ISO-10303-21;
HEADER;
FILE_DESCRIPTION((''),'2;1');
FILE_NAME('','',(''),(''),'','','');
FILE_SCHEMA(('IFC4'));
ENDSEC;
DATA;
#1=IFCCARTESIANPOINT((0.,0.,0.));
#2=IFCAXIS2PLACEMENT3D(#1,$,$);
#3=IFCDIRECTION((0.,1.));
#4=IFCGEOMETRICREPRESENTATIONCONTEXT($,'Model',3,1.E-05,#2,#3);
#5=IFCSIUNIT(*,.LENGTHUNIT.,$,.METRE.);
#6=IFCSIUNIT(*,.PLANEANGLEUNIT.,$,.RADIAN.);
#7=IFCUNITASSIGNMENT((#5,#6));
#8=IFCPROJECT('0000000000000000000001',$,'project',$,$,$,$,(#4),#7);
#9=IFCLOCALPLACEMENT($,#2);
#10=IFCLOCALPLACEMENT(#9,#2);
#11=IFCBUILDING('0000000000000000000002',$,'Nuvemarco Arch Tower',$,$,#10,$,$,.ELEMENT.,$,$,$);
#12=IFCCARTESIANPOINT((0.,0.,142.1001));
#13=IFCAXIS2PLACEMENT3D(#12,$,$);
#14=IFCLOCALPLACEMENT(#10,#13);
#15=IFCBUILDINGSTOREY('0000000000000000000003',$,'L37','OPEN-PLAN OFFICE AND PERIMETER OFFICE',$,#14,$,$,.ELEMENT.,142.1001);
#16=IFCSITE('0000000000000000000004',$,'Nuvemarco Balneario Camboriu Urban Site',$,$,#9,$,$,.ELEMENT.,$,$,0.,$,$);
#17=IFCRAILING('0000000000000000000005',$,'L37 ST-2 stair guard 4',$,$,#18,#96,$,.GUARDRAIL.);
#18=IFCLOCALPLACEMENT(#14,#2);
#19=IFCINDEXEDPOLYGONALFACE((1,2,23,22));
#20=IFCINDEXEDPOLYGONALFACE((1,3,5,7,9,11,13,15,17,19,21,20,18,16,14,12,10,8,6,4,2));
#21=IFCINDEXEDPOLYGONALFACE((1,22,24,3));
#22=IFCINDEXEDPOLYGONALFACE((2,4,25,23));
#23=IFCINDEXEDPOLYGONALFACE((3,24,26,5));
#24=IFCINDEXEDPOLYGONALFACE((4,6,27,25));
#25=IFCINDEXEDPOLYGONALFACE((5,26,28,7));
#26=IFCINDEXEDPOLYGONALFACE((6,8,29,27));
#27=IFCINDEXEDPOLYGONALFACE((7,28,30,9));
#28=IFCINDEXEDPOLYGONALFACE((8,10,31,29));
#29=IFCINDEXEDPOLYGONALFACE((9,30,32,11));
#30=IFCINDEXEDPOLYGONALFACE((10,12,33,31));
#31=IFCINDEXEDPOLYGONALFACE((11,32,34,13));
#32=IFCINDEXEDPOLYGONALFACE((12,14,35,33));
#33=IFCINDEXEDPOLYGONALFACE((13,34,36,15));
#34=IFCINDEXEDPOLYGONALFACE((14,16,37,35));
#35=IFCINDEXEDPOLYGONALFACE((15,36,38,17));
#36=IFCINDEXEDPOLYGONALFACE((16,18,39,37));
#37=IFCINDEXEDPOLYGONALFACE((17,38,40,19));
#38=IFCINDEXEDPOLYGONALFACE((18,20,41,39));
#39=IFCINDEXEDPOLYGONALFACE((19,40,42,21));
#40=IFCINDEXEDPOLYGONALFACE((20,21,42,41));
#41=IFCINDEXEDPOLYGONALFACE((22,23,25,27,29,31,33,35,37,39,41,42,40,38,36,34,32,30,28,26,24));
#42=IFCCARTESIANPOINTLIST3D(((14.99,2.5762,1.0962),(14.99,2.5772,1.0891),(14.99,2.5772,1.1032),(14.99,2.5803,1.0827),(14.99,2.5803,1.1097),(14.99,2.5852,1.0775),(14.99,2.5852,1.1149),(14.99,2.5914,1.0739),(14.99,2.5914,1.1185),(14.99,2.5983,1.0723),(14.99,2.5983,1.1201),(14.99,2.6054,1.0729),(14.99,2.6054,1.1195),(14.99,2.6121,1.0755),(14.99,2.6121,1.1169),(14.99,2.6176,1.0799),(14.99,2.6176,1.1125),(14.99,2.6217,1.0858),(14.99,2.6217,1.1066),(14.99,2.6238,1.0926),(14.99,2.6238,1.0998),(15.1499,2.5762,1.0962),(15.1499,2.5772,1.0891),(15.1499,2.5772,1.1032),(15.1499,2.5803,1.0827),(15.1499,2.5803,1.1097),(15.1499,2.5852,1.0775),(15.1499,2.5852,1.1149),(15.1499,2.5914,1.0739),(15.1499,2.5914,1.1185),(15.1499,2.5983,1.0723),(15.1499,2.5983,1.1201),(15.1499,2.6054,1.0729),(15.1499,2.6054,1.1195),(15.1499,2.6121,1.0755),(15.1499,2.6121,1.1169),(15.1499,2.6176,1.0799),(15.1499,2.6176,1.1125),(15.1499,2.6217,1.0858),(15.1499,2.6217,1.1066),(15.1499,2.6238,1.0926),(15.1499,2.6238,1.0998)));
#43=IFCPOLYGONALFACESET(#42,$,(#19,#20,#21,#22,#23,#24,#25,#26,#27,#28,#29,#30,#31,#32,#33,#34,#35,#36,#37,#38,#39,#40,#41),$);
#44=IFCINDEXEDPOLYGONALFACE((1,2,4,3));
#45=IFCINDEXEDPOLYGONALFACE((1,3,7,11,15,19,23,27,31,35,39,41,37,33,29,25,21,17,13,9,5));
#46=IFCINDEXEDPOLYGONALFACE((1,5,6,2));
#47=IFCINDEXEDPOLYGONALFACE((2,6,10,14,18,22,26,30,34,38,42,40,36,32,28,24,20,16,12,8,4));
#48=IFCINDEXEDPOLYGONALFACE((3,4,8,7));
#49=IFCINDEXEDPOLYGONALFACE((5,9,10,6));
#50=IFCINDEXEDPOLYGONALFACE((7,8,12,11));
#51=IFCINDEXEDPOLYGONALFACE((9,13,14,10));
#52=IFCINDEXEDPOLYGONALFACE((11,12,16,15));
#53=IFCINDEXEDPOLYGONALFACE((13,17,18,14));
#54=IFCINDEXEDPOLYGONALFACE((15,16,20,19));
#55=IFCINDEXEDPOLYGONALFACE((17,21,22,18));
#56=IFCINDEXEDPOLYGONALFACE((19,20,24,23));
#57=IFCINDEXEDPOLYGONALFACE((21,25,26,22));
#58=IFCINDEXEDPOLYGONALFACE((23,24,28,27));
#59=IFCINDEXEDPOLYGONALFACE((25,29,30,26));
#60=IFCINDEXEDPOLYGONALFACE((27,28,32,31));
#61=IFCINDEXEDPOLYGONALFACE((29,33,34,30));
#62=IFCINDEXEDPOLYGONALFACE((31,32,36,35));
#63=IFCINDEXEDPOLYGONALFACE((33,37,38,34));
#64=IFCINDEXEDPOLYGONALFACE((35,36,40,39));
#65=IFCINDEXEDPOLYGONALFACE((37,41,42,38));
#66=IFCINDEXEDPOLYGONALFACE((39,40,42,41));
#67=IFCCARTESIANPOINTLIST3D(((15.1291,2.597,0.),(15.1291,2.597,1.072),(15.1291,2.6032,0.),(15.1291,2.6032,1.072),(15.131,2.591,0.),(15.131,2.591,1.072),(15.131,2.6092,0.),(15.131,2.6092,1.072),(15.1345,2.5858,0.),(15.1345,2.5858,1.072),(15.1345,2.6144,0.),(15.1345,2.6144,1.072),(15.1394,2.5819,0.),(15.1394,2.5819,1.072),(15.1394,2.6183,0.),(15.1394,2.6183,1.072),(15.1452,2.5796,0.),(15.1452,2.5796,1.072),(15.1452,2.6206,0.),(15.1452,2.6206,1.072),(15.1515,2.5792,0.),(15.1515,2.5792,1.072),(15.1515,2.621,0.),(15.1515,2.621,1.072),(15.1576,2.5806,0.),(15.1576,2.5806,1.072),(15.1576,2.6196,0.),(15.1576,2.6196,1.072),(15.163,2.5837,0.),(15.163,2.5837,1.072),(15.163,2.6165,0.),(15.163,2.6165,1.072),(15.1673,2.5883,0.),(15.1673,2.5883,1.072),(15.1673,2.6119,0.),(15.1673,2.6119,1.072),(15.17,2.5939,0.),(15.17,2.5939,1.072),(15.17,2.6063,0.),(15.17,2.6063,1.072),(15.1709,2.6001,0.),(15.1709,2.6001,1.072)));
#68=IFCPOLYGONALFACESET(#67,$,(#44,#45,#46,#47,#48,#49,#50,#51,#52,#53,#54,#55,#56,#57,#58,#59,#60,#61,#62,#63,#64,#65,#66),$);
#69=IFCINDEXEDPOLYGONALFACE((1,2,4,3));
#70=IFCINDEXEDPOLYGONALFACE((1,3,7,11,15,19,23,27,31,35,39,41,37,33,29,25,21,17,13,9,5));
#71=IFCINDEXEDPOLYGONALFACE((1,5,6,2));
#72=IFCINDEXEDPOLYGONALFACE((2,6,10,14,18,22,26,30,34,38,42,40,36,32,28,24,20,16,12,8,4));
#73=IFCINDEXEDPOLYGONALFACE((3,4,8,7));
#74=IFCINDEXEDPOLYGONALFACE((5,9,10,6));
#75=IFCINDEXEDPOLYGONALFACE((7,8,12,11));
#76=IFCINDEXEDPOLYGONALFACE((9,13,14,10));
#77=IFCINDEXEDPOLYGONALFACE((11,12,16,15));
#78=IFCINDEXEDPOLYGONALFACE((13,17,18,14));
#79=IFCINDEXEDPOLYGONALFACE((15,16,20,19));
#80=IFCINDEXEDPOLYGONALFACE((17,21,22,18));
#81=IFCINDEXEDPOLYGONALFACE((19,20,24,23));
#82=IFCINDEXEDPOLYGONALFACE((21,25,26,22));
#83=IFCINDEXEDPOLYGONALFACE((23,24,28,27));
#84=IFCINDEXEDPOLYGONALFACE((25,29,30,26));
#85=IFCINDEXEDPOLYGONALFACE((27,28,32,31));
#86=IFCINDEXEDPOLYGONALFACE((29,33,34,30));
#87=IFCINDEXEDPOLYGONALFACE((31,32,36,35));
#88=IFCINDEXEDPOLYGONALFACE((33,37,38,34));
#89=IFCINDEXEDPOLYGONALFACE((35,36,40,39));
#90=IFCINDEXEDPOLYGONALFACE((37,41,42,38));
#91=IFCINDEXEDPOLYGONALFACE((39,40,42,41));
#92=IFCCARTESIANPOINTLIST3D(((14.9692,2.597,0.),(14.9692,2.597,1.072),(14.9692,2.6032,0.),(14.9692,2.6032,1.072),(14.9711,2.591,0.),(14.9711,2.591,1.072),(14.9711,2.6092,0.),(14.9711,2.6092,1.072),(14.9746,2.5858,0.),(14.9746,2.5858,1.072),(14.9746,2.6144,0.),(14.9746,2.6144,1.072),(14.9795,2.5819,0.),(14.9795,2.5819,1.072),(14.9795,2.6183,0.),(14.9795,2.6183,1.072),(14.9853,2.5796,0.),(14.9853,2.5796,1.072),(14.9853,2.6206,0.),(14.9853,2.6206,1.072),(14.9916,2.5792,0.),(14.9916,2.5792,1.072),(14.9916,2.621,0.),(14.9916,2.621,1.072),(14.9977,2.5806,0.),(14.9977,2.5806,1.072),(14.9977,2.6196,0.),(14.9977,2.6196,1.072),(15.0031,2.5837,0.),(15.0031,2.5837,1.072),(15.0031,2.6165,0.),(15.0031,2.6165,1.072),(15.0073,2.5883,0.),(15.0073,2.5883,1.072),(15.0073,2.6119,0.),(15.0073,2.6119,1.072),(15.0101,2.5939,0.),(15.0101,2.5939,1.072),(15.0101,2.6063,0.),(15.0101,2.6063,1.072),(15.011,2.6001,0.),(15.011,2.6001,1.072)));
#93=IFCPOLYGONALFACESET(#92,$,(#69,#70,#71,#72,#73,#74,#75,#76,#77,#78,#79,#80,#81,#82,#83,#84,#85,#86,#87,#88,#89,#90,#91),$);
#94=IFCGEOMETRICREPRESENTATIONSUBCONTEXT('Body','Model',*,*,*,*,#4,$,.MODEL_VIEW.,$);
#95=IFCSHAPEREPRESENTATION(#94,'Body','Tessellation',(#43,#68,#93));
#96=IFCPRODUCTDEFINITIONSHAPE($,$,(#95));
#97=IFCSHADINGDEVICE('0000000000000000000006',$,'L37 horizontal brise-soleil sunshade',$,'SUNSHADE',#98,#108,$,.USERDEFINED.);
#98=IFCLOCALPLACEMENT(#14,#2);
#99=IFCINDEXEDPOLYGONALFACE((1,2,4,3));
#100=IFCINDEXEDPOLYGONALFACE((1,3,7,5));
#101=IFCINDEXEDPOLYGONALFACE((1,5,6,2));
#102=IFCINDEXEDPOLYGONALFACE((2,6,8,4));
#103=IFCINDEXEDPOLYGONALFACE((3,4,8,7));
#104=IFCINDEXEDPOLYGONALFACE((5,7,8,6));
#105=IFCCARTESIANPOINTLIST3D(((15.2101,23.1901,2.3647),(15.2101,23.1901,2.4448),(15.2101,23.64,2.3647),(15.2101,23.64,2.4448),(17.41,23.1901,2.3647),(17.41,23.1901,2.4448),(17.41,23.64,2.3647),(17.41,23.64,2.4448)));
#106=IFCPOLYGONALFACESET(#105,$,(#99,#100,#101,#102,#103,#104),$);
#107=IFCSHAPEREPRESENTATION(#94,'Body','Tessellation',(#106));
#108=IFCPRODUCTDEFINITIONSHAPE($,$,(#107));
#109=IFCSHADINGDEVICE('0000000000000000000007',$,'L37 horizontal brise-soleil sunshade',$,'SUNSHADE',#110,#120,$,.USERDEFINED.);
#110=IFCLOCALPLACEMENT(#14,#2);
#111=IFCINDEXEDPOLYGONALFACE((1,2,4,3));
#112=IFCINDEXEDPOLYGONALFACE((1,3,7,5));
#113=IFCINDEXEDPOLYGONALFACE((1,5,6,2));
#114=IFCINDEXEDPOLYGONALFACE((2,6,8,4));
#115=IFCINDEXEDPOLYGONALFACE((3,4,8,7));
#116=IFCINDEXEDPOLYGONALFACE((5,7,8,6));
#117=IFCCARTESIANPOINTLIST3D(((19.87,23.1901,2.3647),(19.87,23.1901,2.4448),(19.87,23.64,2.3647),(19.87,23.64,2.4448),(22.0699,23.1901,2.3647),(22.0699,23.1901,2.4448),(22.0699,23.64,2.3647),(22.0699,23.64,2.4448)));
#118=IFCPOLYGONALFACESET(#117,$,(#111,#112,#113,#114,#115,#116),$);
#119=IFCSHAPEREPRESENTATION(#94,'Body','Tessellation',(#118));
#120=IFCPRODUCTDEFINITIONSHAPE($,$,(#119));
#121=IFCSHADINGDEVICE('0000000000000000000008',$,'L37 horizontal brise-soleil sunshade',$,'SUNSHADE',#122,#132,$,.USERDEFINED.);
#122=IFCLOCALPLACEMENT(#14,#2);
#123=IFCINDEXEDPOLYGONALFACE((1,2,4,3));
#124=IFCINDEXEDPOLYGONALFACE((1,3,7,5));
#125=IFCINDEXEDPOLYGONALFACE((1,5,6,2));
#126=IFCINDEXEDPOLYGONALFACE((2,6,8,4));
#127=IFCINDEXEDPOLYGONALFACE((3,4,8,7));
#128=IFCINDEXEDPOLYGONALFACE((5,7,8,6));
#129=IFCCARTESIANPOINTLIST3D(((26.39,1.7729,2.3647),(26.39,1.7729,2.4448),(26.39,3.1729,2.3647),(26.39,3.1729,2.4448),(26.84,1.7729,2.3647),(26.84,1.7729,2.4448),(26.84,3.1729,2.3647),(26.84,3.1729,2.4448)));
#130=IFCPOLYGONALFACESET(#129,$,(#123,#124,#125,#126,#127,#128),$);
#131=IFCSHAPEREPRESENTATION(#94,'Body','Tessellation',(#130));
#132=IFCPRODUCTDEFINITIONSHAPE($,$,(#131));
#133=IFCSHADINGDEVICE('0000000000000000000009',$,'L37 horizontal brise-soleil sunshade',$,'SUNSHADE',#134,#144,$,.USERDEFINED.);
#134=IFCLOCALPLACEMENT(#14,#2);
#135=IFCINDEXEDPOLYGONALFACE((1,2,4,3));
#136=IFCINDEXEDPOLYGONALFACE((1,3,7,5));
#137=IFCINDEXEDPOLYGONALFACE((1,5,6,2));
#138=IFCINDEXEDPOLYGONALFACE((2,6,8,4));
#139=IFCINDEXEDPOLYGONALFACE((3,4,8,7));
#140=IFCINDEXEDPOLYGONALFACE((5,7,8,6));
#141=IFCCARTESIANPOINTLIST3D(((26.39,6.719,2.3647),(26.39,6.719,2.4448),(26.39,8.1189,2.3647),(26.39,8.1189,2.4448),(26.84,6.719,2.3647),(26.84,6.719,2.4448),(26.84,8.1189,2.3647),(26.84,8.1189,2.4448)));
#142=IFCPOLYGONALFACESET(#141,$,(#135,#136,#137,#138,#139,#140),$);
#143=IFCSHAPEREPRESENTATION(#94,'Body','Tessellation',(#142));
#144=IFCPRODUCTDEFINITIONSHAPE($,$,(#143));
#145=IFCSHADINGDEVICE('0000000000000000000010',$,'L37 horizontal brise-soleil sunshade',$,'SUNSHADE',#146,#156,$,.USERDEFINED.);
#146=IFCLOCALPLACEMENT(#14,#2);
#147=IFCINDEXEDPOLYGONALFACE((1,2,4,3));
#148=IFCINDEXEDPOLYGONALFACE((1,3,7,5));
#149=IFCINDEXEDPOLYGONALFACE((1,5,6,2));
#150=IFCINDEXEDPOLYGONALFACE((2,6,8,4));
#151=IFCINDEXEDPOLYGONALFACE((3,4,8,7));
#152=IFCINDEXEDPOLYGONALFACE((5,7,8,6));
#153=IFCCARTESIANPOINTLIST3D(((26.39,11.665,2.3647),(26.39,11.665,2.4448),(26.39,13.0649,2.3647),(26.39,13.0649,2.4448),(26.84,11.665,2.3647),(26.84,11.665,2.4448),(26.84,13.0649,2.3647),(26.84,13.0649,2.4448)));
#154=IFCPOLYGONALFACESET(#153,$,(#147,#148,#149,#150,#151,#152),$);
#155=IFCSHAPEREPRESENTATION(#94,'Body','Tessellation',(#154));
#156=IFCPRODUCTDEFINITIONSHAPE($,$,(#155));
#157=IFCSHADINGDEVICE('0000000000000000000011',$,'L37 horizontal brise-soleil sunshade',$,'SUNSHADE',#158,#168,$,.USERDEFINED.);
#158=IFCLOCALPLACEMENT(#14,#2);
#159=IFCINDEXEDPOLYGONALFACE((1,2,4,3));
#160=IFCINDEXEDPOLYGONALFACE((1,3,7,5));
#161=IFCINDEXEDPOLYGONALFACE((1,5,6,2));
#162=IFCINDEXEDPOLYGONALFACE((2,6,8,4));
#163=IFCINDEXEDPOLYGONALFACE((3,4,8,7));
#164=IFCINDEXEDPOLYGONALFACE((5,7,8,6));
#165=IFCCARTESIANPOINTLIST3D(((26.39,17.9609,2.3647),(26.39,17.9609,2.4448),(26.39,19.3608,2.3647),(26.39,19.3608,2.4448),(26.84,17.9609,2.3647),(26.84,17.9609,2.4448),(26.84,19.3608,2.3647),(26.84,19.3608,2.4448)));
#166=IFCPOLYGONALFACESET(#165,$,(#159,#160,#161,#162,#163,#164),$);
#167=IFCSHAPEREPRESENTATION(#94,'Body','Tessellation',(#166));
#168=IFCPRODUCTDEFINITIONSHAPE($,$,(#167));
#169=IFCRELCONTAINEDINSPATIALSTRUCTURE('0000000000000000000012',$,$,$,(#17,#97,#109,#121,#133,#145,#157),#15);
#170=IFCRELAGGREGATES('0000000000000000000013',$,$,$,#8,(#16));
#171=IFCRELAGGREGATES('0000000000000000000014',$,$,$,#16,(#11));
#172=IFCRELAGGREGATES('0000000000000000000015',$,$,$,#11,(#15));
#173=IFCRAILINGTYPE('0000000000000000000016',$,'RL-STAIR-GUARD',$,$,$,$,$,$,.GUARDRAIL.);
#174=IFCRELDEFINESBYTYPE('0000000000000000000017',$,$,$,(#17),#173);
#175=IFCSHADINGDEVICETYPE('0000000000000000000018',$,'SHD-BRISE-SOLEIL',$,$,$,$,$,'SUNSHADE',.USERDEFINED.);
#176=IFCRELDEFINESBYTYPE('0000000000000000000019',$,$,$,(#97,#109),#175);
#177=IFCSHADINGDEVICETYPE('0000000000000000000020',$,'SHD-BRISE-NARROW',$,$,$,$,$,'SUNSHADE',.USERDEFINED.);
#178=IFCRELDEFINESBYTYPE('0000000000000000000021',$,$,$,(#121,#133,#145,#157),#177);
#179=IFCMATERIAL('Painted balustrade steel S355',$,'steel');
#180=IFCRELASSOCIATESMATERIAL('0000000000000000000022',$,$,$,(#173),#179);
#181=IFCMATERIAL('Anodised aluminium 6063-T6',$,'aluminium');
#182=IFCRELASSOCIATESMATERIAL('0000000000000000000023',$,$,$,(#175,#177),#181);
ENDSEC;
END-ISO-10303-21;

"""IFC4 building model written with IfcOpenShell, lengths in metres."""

from ifc_helpers import new_model, si_unit, direction, frame, origin, origin_2d, place, context, subcontext, project, spatial, rectangle, circle, extrude, source, transform, mapped, material, type_object, type_shapes, element, save


model = new_model("IFC4")

# Units and contexts
model_context = context("Model", 3, precision=1e-05, world=origin(), true_north=direction((0.0, 1.0)))
body_context = subcontext(model_context, "Body", "Model", "MODEL_VIEW")
ifc_project = project(units=[si_unit("LENGTHUNIT", "METRE"), si_unit("PLANEANGLEUNIT", "RADIAN")], contexts=[model_context])

# Site, building, storey
site_placement = place(None, origin())
site = spatial("IfcSite", under=ifc_project, at=site_placement, Name="Nuvemarco Balneario Camboriu Urban Site", CompositionType="ELEMENT", RefElevation=0.0)
building_placement = place(site_placement, origin())
building = spatial("IfcBuilding", under=site, at=building_placement, Name="Nuvemarco Arch Tower", CompositionType="ELEMENT")
storey_placement = place(building_placement, frame((0.0, 0.0, 142.1001)))
storey = spatial("IfcBuildingStorey", under=building, at=storey_placement, Name="L37", Description="OPEN-PLAN OFFICE AND PERIMETER OFFICE", CompositionType="ELEMENT", Elevation=142.1001)

# Railing
ifc_material_1 = material(Name="Painted balustrade steel S355", Category="steel")
railing_type_1 = type_object("IfcRailingType", Name="RL-STAIR-GUARD", PredefinedType="GUARDRAIL", material=ifc_material_1)
railing_1_placement = place(storey_placement, frame((15.1499, 2.6001, 0.0)))
element("IfcRailing", 1, at=railing_1_placement, inside=storey, type_object=railing_type_1, Name="L37 ST-2 stair guard 4", PredefinedType="GUARDRAIL", context=body_context, shape_type="SweptSolid", body=[
    extrude(circle(Radius=0.0239, at=origin_2d()), frame((0.0, 0.0, 1.0962), z_axis=(-1.0, 0.0, 0.0), x_axis=(0.0, -1.0, 0.0)), (0.0, 0.0, 1.0), 0.1599),
    extrude(circle(Radius=0.021, at=origin_2d()), origin(), (0.0, 0.0, 1.0), 1.072),
    extrude(circle(Radius=0.021, at=origin_2d()), frame((-0.1599, 0.0, 0.0)), (0.0, 0.0, 1.0), 1.072),
])

# Shading devices
ifc_material_2 = material(Name="Anodised aluminium 6063-T6", Category="aluminium")
shading_device_type_1 = type_object("IfcShadingDeviceType", Name="SHD-BRISE-SOLEIL", ElementType="SUNSHADE", PredefinedType="USERDEFINED", material=ifc_material_2)
shared_shape_1 = source(origin(), body_context, "Body", "SweptSolid", [
    extrude(rectangle(XDim=2.2, YDim=0.45, at=origin_2d()), origin(), (0.0, 0.0, 1.0), 0.0801),
])
type_shapes(shading_device_type_1, [shared_shape_1])
for number, where, z_axis, x_axis, name in (
    (2, (16.3101, 23.415, 2.3647), (0.0, 0.0, 1.0), (1.0, 0.0, 0.0), "L37 horizontal brise-soleil sunshade"),
    (3, (20.97, 23.415, 2.3647), (0.0, 0.0, 1.0), (1.0, 0.0, 0.0), "L37 horizontal brise-soleil sunshade"),
):
    element("IfcShadingDevice", number, at=place(storey_placement, frame(where, z_axis=z_axis, x_axis=x_axis)), inside=storey, type_object=shading_device_type_1, Name=name, ObjectType="SUNSHADE", PredefinedType="USERDEFINED", context=body_context, shape_type="MappedRepresentation", body=[
        mapped(shared_shape_1, transform((0.0, 0.0, 0.0), scale=1.0)),
    ])
shading_device_type_2 = type_object("IfcShadingDeviceType", Name="SHD-BRISE-NARROW", ElementType="SUNSHADE", PredefinedType="USERDEFINED", material=ifc_material_2)
shared_shape_2 = source(origin(), body_context, "Body", "SweptSolid", [
    extrude(rectangle(XDim=1.3999, YDim=0.45, at=origin_2d()), origin(), (0.0, 0.0, 1.0), 0.0801),
])
type_shapes(shading_device_type_2, [shared_shape_2])
for number, where, z_axis, x_axis, name in (
    (4, (26.615, 2.4729, 2.3647), (0.0, 0.0, 1.0), (0.0, 1.0, 0.0), "L37 horizontal brise-soleil sunshade"),
    (5, (26.615, 7.4189, 2.3647), (0.0, 0.0, 1.0), (0.0, 1.0, 0.0), "L37 horizontal brise-soleil sunshade"),
    (6, (26.615, 12.365, 2.3647), (0.0, 0.0, 1.0), (0.0, 1.0, 0.0), "L37 horizontal brise-soleil sunshade"),
    (7, (26.615, 18.6609, 2.3647), (0.0, 0.0, 1.0), (0.0, 1.0, 0.0), "L37 horizontal brise-soleil sunshade"),
):
    element("IfcShadingDevice", number, at=place(storey_placement, frame(where, z_axis=z_axis, x_axis=x_axis)), inside=storey, type_object=shading_device_type_2, Name=name, ObjectType="SUNSHADE", PredefinedType="USERDEFINED", context=body_context, shape_type="MappedRepresentation", body=[
        mapped(shared_shape_2, transform((0.0, 0.0, 0.0), scale=1.0)),
    ])

save(model, "model.ifc")
